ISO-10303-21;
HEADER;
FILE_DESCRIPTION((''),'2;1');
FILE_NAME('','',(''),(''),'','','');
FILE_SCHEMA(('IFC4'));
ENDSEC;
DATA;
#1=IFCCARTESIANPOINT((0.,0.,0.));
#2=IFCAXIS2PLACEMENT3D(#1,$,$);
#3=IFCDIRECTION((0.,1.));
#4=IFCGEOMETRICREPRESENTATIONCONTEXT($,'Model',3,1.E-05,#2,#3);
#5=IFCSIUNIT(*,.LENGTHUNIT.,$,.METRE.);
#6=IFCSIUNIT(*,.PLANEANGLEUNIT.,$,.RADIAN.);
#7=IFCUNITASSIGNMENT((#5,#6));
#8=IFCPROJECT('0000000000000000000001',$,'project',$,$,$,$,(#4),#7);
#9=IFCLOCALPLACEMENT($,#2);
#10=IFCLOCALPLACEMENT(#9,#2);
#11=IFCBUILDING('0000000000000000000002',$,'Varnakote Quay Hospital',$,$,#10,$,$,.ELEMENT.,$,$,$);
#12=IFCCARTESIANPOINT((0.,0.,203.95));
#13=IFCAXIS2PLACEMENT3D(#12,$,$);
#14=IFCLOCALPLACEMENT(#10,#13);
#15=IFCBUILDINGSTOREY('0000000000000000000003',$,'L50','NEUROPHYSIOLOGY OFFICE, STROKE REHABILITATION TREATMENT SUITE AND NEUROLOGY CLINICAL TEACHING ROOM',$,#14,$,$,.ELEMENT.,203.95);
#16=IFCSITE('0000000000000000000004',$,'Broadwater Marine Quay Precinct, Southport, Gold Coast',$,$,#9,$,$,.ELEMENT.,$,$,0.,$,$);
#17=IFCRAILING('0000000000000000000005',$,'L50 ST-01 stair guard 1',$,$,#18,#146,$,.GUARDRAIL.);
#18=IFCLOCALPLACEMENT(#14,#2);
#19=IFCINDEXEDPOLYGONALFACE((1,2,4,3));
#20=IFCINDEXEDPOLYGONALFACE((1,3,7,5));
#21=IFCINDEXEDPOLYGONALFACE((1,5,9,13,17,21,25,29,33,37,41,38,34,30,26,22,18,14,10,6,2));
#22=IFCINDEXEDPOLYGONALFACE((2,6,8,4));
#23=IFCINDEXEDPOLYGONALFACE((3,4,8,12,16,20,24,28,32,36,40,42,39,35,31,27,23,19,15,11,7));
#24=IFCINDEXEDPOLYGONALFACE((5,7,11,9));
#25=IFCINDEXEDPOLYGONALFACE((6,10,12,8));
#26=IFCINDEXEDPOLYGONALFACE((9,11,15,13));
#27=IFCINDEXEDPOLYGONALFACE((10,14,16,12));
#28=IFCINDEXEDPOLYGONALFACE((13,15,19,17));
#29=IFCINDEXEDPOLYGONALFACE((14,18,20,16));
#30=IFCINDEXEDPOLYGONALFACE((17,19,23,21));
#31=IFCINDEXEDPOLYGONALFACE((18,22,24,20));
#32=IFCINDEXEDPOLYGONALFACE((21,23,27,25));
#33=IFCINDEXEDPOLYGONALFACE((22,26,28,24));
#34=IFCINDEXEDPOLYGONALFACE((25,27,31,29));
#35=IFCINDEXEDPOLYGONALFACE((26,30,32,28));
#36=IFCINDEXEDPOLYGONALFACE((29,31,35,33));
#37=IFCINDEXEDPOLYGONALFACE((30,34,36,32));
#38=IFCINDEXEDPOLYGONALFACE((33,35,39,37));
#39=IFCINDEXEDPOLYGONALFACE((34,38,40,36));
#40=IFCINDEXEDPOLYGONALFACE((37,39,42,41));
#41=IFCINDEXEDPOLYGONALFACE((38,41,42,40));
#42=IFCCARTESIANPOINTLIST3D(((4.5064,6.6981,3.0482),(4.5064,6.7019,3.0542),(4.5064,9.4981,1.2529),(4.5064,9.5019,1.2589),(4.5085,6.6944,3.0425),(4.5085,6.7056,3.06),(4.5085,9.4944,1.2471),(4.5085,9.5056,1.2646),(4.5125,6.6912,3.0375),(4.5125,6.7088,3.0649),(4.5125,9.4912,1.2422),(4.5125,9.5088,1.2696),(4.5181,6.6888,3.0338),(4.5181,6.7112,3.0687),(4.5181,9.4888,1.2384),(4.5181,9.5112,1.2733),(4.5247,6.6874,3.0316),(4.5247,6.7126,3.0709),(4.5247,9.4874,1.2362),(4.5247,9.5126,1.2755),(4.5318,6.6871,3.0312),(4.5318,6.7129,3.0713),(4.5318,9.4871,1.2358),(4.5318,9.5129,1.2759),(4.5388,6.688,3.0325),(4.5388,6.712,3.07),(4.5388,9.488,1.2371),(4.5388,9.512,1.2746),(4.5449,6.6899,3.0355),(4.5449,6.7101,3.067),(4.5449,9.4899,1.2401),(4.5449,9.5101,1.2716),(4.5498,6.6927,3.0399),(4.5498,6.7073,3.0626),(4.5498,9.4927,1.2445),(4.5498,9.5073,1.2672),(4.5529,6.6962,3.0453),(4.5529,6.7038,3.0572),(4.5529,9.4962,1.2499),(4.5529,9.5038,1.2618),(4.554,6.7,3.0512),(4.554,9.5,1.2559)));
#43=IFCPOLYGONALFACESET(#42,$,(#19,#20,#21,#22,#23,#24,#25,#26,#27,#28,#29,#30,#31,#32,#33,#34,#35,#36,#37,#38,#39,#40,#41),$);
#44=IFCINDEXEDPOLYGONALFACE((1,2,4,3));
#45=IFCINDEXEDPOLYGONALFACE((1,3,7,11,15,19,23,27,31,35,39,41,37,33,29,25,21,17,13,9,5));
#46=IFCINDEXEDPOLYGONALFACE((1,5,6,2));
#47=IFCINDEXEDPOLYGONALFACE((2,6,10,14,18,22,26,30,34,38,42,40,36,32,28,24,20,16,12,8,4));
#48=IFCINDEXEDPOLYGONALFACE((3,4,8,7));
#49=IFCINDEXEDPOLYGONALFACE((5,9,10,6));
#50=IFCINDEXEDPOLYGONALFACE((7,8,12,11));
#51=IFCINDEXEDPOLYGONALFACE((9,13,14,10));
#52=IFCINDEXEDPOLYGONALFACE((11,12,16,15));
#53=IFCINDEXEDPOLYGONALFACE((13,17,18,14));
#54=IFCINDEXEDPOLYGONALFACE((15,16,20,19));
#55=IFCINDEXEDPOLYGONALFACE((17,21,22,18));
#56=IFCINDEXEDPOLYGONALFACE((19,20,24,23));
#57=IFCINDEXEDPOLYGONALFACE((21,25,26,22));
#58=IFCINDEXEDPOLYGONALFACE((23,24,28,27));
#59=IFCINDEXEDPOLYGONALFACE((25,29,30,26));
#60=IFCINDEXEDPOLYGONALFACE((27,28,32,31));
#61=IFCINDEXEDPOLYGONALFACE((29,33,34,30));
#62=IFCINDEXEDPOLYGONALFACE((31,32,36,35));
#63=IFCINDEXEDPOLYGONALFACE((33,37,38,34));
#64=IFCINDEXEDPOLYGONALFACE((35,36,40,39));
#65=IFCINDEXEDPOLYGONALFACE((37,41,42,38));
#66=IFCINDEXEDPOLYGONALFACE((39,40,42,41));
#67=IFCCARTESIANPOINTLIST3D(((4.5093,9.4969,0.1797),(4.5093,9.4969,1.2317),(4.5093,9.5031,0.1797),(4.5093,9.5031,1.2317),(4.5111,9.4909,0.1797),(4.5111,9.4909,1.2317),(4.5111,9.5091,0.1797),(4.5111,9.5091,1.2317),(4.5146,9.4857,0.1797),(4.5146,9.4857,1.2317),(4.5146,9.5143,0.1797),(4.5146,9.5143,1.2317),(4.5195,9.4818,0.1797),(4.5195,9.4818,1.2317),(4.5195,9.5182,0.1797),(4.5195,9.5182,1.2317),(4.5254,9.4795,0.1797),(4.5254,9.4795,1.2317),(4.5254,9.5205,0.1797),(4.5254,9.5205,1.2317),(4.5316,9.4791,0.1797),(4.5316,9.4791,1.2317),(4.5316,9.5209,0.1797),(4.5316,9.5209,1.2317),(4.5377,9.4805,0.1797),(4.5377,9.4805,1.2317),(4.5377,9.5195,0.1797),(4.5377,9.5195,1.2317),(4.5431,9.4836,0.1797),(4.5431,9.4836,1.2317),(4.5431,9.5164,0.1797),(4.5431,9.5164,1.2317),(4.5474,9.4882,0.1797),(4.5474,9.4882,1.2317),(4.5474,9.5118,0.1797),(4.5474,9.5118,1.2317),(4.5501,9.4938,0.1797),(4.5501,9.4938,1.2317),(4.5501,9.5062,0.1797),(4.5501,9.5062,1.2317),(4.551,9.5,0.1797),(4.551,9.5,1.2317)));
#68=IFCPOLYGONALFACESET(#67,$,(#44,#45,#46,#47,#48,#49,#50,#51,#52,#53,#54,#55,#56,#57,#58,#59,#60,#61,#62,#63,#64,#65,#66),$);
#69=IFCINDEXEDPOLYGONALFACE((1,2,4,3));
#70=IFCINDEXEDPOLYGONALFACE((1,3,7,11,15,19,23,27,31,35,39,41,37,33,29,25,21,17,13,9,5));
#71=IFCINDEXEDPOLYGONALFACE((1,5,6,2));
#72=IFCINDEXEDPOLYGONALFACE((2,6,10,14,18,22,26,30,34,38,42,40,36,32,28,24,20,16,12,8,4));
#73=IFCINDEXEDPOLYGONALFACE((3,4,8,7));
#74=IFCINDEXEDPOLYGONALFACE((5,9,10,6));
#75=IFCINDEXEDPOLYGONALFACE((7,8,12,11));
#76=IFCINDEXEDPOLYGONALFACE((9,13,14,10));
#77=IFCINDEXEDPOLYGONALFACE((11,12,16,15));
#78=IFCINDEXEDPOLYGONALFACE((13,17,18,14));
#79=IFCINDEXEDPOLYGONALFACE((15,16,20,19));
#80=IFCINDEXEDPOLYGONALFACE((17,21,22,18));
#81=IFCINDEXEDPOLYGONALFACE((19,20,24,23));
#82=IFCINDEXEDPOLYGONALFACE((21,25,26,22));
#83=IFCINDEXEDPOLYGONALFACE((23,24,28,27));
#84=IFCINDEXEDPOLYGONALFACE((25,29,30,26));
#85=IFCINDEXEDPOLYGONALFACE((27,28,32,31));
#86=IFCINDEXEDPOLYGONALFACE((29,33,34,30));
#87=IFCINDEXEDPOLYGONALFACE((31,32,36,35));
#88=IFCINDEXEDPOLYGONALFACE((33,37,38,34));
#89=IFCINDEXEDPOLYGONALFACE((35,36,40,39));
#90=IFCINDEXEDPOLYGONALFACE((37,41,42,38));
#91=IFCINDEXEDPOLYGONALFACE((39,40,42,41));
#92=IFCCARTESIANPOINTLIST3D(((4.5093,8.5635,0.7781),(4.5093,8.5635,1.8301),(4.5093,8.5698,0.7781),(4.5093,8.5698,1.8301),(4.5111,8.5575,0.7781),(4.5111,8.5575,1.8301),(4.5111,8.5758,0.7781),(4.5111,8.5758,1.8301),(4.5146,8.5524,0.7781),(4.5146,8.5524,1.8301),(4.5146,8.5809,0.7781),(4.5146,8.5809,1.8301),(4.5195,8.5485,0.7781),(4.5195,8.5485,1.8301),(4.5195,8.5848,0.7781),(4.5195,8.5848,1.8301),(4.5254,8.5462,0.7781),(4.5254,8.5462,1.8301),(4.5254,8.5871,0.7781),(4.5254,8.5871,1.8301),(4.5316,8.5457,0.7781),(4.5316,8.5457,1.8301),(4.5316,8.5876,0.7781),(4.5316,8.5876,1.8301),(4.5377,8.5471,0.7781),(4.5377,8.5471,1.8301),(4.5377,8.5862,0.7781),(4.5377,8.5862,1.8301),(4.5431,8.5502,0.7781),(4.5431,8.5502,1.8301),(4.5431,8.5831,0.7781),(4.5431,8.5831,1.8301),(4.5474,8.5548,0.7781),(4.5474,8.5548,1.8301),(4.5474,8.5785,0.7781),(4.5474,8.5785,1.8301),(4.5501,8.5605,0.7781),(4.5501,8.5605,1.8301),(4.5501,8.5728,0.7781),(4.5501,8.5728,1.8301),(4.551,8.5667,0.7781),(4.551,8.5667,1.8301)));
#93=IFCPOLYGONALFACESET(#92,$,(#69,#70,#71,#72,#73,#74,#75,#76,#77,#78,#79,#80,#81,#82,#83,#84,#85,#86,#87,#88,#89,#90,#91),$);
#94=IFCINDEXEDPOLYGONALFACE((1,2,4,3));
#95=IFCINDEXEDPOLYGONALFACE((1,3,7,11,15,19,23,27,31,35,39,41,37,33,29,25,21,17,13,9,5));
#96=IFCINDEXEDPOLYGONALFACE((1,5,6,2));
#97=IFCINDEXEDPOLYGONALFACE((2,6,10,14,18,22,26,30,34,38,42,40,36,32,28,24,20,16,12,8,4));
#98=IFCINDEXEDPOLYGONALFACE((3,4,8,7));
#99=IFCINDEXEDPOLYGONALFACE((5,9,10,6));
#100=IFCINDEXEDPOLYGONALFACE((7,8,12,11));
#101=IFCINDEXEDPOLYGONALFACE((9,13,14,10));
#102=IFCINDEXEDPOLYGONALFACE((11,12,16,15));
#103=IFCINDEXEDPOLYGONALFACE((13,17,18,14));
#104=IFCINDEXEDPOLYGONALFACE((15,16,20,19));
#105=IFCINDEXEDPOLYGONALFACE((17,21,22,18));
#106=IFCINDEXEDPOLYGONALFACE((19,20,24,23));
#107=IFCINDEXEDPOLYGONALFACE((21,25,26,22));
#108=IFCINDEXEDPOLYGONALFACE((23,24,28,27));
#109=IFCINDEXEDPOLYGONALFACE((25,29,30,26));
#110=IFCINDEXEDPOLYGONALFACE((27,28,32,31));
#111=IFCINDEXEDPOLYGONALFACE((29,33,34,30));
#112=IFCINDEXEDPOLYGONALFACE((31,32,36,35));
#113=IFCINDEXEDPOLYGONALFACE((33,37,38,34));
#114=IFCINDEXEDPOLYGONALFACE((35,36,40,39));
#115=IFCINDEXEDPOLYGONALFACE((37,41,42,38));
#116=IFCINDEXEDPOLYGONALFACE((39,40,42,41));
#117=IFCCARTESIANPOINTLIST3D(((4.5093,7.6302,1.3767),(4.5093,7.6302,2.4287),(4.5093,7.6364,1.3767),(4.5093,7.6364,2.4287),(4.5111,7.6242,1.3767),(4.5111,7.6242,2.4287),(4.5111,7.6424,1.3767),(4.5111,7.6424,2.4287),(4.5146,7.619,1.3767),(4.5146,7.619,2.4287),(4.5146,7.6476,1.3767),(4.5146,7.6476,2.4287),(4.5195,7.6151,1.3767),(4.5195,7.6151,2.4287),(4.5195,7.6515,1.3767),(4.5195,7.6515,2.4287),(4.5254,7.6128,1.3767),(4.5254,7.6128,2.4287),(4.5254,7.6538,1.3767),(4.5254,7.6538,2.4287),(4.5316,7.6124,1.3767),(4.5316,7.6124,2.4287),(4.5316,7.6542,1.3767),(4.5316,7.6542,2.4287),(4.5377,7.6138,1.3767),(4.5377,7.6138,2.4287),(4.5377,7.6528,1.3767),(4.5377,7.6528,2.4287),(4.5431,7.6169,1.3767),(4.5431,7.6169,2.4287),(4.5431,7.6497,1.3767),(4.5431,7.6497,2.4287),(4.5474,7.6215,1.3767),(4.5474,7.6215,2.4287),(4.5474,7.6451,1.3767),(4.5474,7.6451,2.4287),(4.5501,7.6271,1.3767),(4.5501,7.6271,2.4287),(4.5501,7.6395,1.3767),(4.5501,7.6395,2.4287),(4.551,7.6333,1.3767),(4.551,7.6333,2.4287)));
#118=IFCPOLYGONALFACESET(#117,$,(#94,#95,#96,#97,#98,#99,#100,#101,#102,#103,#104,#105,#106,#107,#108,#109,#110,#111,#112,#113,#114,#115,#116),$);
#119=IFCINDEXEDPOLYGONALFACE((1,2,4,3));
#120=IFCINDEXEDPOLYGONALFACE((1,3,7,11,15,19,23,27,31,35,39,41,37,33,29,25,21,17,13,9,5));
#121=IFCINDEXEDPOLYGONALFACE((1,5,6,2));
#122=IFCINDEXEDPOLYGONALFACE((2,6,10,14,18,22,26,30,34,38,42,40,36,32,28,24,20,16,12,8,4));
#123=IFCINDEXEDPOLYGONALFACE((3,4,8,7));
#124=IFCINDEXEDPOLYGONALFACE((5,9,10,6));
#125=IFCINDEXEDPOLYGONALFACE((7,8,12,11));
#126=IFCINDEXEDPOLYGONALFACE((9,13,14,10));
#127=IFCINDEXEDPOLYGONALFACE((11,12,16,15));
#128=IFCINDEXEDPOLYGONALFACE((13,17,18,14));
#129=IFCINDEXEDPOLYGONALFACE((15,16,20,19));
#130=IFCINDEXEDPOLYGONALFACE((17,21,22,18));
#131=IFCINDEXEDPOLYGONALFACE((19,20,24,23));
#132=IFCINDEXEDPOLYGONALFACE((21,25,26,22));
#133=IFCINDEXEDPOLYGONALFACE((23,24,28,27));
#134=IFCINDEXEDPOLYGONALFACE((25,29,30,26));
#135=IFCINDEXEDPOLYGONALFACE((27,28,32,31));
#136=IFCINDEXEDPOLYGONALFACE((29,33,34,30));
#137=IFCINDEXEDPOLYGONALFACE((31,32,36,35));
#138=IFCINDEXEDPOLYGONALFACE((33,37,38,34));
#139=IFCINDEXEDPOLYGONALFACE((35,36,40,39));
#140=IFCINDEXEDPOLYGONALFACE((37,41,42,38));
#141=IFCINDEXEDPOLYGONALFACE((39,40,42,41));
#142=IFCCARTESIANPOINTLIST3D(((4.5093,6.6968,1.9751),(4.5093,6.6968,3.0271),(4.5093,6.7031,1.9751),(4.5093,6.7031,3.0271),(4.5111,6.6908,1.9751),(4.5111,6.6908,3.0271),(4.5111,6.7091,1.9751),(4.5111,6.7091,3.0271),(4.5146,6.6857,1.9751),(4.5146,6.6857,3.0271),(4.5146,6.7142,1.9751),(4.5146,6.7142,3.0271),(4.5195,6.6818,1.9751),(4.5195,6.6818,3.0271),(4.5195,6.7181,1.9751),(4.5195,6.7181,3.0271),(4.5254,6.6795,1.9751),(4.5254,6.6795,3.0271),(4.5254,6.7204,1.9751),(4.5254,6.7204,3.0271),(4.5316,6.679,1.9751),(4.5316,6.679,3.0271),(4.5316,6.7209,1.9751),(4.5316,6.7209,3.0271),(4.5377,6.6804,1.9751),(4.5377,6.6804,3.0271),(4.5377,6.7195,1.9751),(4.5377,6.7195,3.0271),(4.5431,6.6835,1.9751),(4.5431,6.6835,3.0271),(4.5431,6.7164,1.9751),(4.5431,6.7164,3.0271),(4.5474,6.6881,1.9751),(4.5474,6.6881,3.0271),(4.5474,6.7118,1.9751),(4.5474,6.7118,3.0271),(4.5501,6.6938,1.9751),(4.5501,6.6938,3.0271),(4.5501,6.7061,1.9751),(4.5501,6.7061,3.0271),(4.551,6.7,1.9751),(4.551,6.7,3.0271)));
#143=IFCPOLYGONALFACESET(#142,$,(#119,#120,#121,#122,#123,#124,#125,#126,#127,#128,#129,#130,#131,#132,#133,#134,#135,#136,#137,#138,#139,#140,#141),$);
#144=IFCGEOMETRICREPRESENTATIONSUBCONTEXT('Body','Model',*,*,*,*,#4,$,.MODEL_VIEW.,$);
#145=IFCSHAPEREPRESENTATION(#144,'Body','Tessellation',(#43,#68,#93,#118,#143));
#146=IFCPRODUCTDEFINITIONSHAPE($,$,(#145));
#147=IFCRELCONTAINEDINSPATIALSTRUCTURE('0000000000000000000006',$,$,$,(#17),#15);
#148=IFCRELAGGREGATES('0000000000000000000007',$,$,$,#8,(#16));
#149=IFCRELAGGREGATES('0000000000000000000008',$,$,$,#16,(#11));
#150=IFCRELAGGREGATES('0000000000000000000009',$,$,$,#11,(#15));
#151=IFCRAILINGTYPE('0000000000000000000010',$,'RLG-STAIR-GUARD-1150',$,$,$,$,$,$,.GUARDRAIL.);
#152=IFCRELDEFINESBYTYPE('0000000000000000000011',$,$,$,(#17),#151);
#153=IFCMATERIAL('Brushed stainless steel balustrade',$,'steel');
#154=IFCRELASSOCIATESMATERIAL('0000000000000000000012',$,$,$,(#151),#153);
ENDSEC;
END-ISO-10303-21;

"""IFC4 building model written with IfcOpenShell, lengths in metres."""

from ifc_helpers import new_model, si_unit, direction, frame, origin, origin_2d, place, context, subcontext, project, spatial, circle, extrude, material, type_object, element, save


model = new_model("IFC4")

# Units and contexts
model_context = context("Model", 3, precision=1e-05, world=origin(), true_north=direction((0.0, 1.0)))
body_context = subcontext(model_context, "Body", "Model", "MODEL_VIEW")
ifc_project = project(units=[si_unit("LENGTHUNIT", "METRE"), si_unit("PLANEANGLEUNIT", "RADIAN")], contexts=[model_context])

# Site, building, storey
site_placement = place(None, origin())
site = spatial("IfcSite", under=ifc_project, at=site_placement, Name="Broadwater Marine Quay Precinct, Southport, Gold Coast", CompositionType="ELEMENT", RefElevation=0.0)
building_placement = place(site_placement, origin())
building = spatial("IfcBuilding", under=site, at=building_placement, Name="Varnakote Quay Hospital", CompositionType="ELEMENT")
storey_placement = place(building_placement, frame((0.0, 0.0, 203.95)))
storey = spatial("IfcBuildingStorey", under=building, at=storey_placement, Name="L50", Description="NEUROPHYSIOLOGY OFFICE, STROKE REHABILITATION TREATMENT SUITE AND NEUROLOGY CLINICAL TEACHING ROOM", CompositionType="ELEMENT", Elevation=203.95)

# Railing
ifc_material_1 = material(Name="Brushed stainless steel balustrade", Category="steel")
railing_type_1 = type_object("IfcRailingType", Name="RLG-STAIR-GUARD-1150", PredefinedType="GUARDRAIL", material=ifc_material_1)
railing_1_placement = place(storey_placement, frame((4.53, 9.5, 0.1797)))
element("IfcRailing", 1, at=railing_1_placement, inside=storey, type_object=railing_type_1, Name="L50 ST-01 stair guard 1", PredefinedType="GUARDRAIL", context=body_context, shape_type="SweptSolid", body=[
    extrude(circle(Radius=0.0239, at=origin_2d()), frame((0.0, 0.0, 1.0762), z_axis=(0.0, -0.84181, 0.539774), x_axis=(1.0, 0.0, 0.0)), (0.0, 0.0, 1.0), 3.3262),
    extrude(circle(Radius=0.021, at=origin_2d()), origin(), (0.0, 0.0, 1.0), 1.052),
    extrude(circle(Radius=0.021, at=origin_2d()), frame((0.0, -0.9333, 0.5984)), (0.0, 0.0, 1.0), 1.052),
    extrude(circle(Radius=0.021, at=origin_2d()), frame((0.0, -1.8667, 1.197)), (0.0, 0.0, 1.0), 1.052),
    extrude(circle(Radius=0.021, at=origin_2d()), frame((0.0, -2.8, 1.7954)), (0.0, 0.0, 1.0), 1.052),
])

save(model, "model.ifc")
